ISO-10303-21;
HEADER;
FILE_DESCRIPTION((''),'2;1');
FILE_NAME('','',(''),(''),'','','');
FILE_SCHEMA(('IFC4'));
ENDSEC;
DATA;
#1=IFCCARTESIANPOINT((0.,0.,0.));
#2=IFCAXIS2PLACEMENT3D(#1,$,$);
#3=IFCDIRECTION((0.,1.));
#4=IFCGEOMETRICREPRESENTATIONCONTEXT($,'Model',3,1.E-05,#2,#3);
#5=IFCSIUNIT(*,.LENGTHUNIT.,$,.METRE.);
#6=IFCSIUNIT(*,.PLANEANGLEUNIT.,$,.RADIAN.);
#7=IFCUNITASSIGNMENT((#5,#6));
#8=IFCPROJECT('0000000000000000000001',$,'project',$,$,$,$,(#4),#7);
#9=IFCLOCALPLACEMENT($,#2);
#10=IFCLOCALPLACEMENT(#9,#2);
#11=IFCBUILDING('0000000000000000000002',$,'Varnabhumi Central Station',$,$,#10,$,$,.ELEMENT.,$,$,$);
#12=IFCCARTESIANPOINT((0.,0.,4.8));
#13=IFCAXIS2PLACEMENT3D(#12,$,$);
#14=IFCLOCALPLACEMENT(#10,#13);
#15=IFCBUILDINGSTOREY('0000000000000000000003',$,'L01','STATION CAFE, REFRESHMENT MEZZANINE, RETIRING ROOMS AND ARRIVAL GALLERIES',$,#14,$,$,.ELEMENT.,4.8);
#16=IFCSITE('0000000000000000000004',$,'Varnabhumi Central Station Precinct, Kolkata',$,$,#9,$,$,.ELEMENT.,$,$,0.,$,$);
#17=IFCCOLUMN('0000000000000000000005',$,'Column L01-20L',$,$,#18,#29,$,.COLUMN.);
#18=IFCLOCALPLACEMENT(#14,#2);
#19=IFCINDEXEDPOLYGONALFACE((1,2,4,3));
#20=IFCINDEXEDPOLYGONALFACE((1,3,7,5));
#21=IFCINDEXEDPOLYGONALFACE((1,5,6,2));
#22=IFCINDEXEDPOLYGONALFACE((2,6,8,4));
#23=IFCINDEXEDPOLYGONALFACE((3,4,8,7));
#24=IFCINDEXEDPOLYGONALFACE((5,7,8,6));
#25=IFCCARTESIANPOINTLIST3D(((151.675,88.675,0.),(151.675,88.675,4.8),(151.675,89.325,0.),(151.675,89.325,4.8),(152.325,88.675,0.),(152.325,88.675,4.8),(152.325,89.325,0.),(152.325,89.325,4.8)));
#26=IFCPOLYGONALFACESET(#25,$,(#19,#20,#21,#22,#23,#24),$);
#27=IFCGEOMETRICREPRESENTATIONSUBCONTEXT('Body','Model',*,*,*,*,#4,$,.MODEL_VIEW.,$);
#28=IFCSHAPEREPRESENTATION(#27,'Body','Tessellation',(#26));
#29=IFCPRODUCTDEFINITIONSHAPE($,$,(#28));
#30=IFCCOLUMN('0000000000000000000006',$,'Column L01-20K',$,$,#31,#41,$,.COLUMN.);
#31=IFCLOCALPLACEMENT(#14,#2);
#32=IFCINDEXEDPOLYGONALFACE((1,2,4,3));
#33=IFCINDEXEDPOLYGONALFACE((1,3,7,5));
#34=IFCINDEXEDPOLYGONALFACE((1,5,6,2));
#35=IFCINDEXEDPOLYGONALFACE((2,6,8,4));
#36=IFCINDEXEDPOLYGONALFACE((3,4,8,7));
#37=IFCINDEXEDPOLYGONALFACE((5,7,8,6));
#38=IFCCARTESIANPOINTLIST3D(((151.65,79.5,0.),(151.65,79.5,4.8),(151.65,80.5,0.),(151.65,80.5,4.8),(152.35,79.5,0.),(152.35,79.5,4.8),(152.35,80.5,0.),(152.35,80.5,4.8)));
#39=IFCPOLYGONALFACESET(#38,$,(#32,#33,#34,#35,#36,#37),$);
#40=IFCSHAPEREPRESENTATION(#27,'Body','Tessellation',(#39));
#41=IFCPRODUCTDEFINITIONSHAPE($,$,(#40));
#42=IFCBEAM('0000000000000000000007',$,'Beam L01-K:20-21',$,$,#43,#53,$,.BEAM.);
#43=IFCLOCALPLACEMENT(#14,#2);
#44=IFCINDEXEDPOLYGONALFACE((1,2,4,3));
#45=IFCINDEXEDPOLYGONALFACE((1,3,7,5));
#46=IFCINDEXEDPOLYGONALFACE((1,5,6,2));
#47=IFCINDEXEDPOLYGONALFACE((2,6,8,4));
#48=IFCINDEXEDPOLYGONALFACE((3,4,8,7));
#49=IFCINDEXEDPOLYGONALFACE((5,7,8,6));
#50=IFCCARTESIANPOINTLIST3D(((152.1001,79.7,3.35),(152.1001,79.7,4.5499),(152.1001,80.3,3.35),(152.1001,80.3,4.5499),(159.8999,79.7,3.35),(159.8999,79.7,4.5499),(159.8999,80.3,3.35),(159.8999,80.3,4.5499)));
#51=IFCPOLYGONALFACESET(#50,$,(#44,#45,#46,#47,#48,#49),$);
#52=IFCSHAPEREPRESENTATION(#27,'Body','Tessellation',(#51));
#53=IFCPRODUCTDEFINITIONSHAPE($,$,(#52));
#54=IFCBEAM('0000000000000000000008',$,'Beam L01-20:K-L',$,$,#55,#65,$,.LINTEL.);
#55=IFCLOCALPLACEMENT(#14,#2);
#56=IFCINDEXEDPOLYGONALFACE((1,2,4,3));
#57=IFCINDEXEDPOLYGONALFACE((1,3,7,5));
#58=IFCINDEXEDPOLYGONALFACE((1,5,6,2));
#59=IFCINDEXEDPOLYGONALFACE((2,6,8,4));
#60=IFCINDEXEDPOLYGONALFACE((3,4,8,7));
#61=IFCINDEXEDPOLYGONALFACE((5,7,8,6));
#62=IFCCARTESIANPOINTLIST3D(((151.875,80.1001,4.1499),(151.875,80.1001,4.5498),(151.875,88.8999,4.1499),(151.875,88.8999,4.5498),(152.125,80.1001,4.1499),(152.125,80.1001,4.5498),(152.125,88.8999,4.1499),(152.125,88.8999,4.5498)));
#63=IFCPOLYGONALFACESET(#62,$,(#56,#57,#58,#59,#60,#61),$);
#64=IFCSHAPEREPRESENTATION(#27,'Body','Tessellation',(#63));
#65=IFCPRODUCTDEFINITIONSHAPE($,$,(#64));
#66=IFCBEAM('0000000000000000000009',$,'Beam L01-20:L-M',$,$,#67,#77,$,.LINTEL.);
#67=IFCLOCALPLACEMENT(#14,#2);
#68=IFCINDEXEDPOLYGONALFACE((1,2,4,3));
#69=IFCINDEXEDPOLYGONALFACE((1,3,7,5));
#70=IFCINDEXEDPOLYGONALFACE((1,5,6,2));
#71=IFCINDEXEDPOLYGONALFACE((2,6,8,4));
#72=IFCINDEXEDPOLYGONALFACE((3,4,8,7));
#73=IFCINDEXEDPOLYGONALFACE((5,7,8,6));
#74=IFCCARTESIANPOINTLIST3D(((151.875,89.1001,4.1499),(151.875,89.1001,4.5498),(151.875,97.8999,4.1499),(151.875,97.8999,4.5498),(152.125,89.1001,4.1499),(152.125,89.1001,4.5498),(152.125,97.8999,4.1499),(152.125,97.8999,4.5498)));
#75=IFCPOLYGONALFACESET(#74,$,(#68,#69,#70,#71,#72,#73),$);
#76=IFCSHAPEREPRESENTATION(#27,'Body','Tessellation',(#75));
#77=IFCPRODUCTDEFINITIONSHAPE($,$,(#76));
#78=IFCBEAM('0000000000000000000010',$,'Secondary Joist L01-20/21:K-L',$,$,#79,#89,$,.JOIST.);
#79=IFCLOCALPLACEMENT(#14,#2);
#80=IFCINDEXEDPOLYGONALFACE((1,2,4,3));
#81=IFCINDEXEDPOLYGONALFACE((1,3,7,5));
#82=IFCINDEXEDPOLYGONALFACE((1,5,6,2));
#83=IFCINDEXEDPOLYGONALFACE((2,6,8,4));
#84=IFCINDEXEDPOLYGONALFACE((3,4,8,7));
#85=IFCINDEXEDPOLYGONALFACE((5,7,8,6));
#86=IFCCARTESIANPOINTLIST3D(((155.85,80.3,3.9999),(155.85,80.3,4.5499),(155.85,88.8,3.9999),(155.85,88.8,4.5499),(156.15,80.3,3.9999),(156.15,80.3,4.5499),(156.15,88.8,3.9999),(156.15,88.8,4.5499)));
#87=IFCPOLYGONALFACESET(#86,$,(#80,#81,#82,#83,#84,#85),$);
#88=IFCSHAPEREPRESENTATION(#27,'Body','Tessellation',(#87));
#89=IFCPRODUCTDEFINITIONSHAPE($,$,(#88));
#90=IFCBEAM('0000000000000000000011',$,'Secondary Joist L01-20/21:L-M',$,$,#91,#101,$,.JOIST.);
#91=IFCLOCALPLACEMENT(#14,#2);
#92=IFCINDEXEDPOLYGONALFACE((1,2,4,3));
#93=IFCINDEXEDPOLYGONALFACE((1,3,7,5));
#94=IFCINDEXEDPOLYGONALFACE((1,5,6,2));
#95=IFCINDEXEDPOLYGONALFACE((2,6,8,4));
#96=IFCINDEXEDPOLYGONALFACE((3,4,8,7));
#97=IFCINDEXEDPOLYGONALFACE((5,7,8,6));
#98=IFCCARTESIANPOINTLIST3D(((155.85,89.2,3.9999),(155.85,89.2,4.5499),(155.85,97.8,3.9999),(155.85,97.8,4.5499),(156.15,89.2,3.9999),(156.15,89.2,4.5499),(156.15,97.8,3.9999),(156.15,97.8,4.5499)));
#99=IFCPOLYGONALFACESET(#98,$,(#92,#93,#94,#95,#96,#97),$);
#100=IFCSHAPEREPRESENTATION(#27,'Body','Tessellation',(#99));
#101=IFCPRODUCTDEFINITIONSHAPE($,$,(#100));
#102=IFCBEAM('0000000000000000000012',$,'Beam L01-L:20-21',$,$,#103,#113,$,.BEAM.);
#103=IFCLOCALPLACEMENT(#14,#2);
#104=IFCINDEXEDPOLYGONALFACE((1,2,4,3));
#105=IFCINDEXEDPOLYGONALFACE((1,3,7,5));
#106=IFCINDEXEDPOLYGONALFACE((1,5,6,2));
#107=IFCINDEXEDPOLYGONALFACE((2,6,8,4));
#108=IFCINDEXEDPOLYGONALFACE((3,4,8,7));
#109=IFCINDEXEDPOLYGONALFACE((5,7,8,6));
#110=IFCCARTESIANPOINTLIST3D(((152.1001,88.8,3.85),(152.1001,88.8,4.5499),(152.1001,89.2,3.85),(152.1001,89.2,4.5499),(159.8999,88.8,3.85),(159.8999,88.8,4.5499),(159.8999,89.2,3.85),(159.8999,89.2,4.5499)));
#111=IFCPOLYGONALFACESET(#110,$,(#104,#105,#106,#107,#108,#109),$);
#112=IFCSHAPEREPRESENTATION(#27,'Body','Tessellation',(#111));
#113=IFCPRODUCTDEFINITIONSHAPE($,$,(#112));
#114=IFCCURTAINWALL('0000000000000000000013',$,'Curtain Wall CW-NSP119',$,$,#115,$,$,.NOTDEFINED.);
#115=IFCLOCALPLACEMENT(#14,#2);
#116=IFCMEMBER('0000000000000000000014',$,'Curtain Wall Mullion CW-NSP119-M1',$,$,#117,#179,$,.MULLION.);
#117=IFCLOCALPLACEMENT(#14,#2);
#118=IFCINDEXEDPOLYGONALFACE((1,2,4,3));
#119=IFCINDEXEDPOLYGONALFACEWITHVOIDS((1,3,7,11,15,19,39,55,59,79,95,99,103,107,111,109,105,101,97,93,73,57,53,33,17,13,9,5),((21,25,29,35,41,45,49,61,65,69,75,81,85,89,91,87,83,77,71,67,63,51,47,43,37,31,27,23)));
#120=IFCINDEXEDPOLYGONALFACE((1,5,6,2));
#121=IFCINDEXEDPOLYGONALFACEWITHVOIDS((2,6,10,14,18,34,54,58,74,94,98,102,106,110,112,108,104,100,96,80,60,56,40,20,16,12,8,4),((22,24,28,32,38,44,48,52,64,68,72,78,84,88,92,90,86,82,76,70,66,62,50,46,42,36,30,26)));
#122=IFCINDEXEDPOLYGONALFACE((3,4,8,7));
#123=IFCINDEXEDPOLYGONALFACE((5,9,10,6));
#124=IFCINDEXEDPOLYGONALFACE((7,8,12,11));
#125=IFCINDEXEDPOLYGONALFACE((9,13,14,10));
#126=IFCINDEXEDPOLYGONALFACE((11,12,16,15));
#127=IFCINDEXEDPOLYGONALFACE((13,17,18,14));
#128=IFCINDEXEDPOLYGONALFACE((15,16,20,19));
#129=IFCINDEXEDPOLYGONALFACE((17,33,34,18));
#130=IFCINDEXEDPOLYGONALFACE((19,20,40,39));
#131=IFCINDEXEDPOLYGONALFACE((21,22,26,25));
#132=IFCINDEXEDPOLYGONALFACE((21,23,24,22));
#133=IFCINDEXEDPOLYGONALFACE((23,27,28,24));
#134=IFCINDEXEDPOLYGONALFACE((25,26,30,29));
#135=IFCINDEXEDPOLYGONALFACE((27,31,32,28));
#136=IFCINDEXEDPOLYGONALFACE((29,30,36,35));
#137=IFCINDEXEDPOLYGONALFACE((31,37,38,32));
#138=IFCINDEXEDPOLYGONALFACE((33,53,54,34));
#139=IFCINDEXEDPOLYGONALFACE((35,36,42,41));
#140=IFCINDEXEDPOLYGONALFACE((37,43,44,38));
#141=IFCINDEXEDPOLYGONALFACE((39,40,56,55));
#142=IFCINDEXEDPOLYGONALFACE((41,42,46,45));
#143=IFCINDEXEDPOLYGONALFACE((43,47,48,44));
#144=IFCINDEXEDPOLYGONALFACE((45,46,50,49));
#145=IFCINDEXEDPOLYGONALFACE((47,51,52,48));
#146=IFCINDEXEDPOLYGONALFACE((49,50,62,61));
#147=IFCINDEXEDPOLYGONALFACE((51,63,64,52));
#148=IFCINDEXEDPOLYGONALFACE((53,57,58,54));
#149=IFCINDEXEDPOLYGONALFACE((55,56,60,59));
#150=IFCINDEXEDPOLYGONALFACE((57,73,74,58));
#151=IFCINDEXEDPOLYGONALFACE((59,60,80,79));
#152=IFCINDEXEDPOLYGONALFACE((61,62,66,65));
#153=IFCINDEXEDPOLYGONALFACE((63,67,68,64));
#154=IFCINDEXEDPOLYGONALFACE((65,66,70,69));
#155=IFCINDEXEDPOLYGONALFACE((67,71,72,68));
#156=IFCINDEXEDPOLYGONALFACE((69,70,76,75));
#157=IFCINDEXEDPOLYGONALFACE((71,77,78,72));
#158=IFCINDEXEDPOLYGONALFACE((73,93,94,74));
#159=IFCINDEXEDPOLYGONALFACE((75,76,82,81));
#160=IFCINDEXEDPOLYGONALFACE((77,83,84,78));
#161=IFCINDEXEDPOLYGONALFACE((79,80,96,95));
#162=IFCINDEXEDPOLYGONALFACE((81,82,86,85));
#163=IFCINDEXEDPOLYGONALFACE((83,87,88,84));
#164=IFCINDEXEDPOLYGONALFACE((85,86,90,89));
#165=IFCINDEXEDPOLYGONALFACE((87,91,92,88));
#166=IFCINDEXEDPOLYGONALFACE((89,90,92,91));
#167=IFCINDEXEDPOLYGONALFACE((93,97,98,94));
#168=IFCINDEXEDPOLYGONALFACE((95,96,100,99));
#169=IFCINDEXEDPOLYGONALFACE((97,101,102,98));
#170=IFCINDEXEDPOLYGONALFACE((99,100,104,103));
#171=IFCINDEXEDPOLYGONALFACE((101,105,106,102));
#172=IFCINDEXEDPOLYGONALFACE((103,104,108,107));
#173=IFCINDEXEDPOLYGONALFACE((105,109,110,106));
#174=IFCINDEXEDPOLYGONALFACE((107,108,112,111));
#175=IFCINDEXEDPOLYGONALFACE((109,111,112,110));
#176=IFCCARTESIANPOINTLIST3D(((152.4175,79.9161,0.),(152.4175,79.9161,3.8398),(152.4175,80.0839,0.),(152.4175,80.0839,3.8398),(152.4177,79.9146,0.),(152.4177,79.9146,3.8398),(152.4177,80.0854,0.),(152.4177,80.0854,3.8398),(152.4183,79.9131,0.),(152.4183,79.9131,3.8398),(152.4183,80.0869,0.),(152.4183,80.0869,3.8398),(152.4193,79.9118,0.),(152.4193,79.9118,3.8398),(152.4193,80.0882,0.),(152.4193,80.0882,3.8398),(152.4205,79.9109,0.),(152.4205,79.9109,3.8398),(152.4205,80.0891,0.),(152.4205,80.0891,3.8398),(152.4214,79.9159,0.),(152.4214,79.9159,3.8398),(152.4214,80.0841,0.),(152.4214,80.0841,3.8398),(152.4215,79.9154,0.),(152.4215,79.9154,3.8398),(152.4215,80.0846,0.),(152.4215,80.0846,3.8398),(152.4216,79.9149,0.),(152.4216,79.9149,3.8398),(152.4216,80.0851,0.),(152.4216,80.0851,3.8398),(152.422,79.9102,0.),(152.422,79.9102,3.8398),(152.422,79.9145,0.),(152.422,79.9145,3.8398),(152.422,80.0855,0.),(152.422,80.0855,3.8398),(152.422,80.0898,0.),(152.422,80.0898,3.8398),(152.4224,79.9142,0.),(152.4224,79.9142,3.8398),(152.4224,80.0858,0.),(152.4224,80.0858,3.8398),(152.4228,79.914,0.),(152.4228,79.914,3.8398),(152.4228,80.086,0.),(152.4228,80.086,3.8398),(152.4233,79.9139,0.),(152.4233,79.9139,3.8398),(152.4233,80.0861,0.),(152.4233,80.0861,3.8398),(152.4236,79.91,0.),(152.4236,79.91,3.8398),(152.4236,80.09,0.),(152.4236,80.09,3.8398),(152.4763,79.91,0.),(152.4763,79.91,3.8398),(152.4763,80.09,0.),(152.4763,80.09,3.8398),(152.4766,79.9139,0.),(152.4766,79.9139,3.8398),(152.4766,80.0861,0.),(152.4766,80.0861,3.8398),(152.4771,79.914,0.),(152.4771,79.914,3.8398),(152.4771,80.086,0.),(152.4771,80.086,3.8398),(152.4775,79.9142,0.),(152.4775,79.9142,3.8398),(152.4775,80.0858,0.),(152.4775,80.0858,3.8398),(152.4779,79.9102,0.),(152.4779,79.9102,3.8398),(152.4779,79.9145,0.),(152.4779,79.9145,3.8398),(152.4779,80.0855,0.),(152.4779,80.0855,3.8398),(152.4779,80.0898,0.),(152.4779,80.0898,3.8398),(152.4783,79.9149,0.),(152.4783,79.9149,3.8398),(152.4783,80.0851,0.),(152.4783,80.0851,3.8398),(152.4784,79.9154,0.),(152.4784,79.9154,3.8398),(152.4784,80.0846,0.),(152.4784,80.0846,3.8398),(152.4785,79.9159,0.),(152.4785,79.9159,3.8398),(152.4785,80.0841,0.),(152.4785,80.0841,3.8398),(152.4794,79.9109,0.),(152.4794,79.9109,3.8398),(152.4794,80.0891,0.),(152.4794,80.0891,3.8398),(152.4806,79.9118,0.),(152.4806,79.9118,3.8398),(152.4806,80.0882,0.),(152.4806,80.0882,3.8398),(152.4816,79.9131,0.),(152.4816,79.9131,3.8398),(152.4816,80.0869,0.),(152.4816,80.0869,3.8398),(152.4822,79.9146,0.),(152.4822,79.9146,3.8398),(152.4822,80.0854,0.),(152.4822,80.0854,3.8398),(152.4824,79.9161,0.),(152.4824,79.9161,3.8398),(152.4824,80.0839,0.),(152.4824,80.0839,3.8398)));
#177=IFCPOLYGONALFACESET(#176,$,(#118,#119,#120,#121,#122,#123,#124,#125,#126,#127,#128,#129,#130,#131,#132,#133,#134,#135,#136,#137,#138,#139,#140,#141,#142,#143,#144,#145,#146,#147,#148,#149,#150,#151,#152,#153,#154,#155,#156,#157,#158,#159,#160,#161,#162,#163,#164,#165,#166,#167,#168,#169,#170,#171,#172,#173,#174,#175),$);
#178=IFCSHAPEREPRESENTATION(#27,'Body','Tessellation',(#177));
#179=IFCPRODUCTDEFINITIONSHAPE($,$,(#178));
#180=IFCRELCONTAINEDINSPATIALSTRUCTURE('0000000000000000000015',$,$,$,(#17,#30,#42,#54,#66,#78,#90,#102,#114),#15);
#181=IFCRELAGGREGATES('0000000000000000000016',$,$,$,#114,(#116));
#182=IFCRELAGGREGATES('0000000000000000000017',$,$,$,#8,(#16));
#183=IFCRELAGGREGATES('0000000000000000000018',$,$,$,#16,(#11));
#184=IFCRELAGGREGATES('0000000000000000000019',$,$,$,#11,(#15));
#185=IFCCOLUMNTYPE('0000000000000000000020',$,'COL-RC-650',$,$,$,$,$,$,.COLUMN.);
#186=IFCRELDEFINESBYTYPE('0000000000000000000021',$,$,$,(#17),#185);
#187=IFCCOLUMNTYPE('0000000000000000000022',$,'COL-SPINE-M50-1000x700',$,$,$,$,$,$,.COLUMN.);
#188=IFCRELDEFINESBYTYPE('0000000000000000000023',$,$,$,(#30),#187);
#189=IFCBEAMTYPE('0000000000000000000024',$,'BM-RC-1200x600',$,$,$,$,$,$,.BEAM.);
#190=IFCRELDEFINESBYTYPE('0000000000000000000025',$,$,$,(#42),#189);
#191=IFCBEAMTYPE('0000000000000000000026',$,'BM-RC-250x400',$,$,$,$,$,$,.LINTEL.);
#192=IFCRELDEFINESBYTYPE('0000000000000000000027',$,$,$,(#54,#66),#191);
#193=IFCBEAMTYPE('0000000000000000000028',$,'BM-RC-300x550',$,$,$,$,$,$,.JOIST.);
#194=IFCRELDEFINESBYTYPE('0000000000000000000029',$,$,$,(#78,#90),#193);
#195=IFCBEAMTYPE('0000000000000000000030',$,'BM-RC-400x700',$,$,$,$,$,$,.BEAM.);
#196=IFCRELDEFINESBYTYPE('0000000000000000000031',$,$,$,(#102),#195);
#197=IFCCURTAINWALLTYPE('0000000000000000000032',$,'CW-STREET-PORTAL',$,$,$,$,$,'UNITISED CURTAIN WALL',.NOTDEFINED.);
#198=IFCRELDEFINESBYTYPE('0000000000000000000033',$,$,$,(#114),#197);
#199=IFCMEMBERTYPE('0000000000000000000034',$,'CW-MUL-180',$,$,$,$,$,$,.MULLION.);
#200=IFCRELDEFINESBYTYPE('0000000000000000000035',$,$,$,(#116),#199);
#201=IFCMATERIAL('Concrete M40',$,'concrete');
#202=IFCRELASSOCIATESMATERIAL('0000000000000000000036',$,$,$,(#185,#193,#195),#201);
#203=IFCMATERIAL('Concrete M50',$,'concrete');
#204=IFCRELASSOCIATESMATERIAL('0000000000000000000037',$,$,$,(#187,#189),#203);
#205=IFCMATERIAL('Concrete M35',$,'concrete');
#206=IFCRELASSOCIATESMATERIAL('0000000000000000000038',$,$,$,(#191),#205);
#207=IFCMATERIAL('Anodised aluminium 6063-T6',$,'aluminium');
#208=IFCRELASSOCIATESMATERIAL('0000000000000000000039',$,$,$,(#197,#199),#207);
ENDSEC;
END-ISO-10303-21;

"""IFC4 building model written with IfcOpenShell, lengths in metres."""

from ifc_helpers import new_model, si_unit, direction, frame, origin, origin_2d, place, context, subcontext, project, spatial, rectangle, hollow_rectangle, extrude, material, material_profile, profile_set, type_object, element, aggregate, save


model = new_model("IFC4")

# Units and contexts
model_context = context("Model", 3, precision=1e-05, world=origin(), true_north=direction((0.0, 1.0)))
body_context = subcontext(model_context, "Body", "Model", "MODEL_VIEW")
ifc_project = project(units=[si_unit("LENGTHUNIT", "METRE"), si_unit("PLANEANGLEUNIT", "RADIAN")], contexts=[model_context])

# Site, building, storey
site_placement = place(None, origin())
site = spatial("IfcSite", under=ifc_project, at=site_placement, Name="Varnabhumi Central Station Precinct, Kolkata", CompositionType="ELEMENT", RefElevation=0.0)
building_placement = place(site_placement, origin())
building = spatial("IfcBuilding", under=site, at=building_placement, Name="Varnabhumi Central Station", CompositionType="ELEMENT")
storey_placement = place(building_placement, frame((0.0, 0.0, 4.8)))
storey = spatial("IfcBuildingStorey", under=building, at=storey_placement, Name="L01", Description="STATION CAFE, REFRESHMENT MEZZANINE, RETIRING ROOMS AND ARRIVAL GALLERIES", CompositionType="ELEMENT", Elevation=4.8)

# Columns
ifc_material_1 = material(Name="Concrete M40", Category="concrete")
ifc_material_profile_1 = material_profile(ifc_material_1, rectangle(XDim=0.6499, YDim=0.6499, at=origin_2d()), Name="Concrete M40", Category="concrete")
ifc_profile_set_1 = profile_set([ifc_material_profile_1], Name="Concrete M40")
column_type_1 = type_object("IfcColumnType", Name="COL-RC-650", PredefinedType="COLUMN", material=ifc_profile_set_1)
column_1_placement = place(storey_placement, frame((152.0, 89.0, 0.0), z_axis=(0.0, 0.0, 1.0), x_axis=(1.0, 0.0, 0.0)))
element("IfcColumn", 1, at=column_1_placement, inside=storey, type_object=column_type_1, Name="Column L01-20L", PredefinedType="COLUMN", context=body_context, shape_type="SweptSolid", body=[
    extrude(rectangle(XDim=0.6499, YDim=0.6499, at=origin_2d()), origin(), (0.0, 0.0, 1.0), 4.8),
])
ifc_material_2 = material(Name="Concrete M50", Category="concrete")
ifc_material_profile_2 = material_profile(ifc_material_2, rectangle(XDim=0.7, YDim=1.0, at=origin_2d()), Name="Concrete M50", Category="concrete")
ifc_profile_set_2 = profile_set([ifc_material_profile_2], Name="Concrete M50")
column_type_2 = type_object("IfcColumnType", Name="COL-SPINE-M50-1000x700", PredefinedType="COLUMN", material=ifc_profile_set_2)
column_2_placement = place(storey_placement, frame((152.0, 80.0, 0.0), z_axis=(0.0, 0.0, 1.0), x_axis=(1.0, 0.0, 0.0)))
element("IfcColumn", 2, at=column_2_placement, inside=storey, type_object=column_type_2, Name="Column L01-20K", PredefinedType="COLUMN", context=body_context, shape_type="SweptSolid", body=[
    extrude(rectangle(XDim=0.7, YDim=1.0, at=origin_2d()), origin(), (0.0, 0.0, 1.0), 4.8),
])

# Beams
ifc_material_profile_3 = material_profile(ifc_material_2, rectangle(XDim=0.6001, YDim=1.2, at=origin_2d()), Name="Concrete M50", Category="concrete")
ifc_profile_set_3 = profile_set([ifc_material_profile_3], Name="Concrete M50")
beam_type_1 = type_object("IfcBeamType", Name="BM-RC-1200x600", PredefinedType="BEAM", material=ifc_profile_set_3)
beam_1_placement = place(storey_placement, frame((152.1001, 80.0, 3.95), z_axis=(1.0, 0.0, 0.0), x_axis=(0.0, 1.0, 0.0)))
element("IfcBeam", 3, at=beam_1_placement, inside=storey, type_object=beam_type_1, Name="Beam L01-K:20-21", PredefinedType="BEAM", context=body_context, shape_type="SweptSolid", body=[
    extrude(rectangle(XDim=0.6001, YDim=1.2, at=origin_2d()), origin(), (0.0, 0.0, 1.0), 7.7998),
])
ifc_material_3 = material(Name="Concrete M35", Category="concrete")
ifc_material_profile_4 = material_profile(ifc_material_3, rectangle(XDim=0.25, YDim=0.3999, at=origin_2d()), Name="Concrete M35", Category="concrete")
ifc_profile_set_4 = profile_set([ifc_material_profile_4], Name="Concrete M35")
beam_type_2 = type_object("IfcBeamType", Name="BM-RC-250x400", PredefinedType="LINTEL", material=ifc_profile_set_4)
for number, where, z_axis, x_axis, name in (
    (4, (152.0, 80.1001, 4.3499), (0.0, 1.0, 0.0), (-1.0, 0.0, 0.0), "Beam L01-20:K-L"),
    (5, (152.0, 89.1001, 4.3499), (0.0, 1.0, 0.0), (-1.0, 0.0, 0.0), "Beam L01-20:L-M"),
):
    element("IfcBeam", number, at=place(storey_placement, frame(where, z_axis=z_axis, x_axis=x_axis)), inside=storey, type_object=beam_type_2, Name=name, PredefinedType="LINTEL", context=body_context, shape_type="SweptSolid", body=[
        extrude(rectangle(XDim=0.25, YDim=0.3999, at=origin_2d()), origin(), (0.0, 0.0, 1.0), 8.7998),
    ])
ifc_material_profile_5 = material_profile(ifc_material_1, rectangle(XDim=0.3, YDim=0.55, at=origin_2d()), Name="Concrete M40", Category="concrete")
ifc_profile_set_5 = profile_set([ifc_material_profile_5], Name="Concrete M40")
beam_type_3 = type_object("IfcBeamType", Name="BM-RC-300x550", PredefinedType="JOIST", material=ifc_profile_set_5)
beam_2_placement = place(storey_placement, frame((156.0, 80.3, 4.2749), z_axis=(0.0, 1.0, 0.0), x_axis=(-1.0, 0.0, 0.0)))
element("IfcBeam", 6, at=beam_2_placement, inside=storey, type_object=beam_type_3, Name="Secondary Joist L01-20/21:K-L", PredefinedType="JOIST", context=body_context, shape_type="SweptSolid", body=[
    extrude(rectangle(XDim=0.3, YDim=0.55, at=origin_2d()), origin(), (0.0, 0.0, 1.0), 8.5),
])
beam_3_placement = place(storey_placement, frame((156.0, 89.2, 4.2749), z_axis=(0.0, 1.0, 0.0), x_axis=(-1.0, 0.0, 0.0)))
element("IfcBeam", 7, at=beam_3_placement, inside=storey, type_object=beam_type_3, Name="Secondary Joist L01-20/21:L-M", PredefinedType="JOIST", context=body_context, shape_type="SweptSolid", body=[
    extrude(rectangle(XDim=0.3, YDim=0.55, at=origin_2d()), origin(), (0.0, 0.0, 1.0), 8.6001),
])
ifc_material_profile_6 = material_profile(ifc_material_1, rectangle(XDim=0.3999, YDim=0.7, at=origin_2d()), Name="Concrete M40", Category="concrete")
ifc_profile_set_6 = profile_set([ifc_material_profile_6], Name="Concrete M40")
beam_type_4 = type_object("IfcBeamType", Name="BM-RC-400x700", PredefinedType="BEAM", material=ifc_profile_set_6)
beam_4_placement = place(storey_placement, frame((152.1001, 89.0, 4.2), z_axis=(1.0, 0.0, 0.0), x_axis=(0.0, 1.0, 0.0)))
element("IfcBeam", 8, at=beam_4_placement, inside=storey, type_object=beam_type_4, Name="Beam L01-L:20-21", PredefinedType="BEAM", context=body_context, shape_type="SweptSolid", body=[
    extrude(rectangle(XDim=0.3999, YDim=0.7, at=origin_2d()), origin(), (0.0, 0.0, 1.0), 7.7998),
])

# Curtain wall, member
ifc_material_4 = material(Name="Anodised aluminium 6063-T6", Category="aluminium")
curtain_wall_type = type_object("IfcCurtainWallType", Name="CW-STREET-PORTAL", ElementType="UNITISED CURTAIN WALL", PredefinedType="NOTDEFINED", material=ifc_material_4)
curtain_wall_placement = place(storey_placement, origin())
curtain_wall = element("IfcCurtainWall", 9, at=curtain_wall_placement, inside=storey, type_object=curtain_wall_type, Name="Curtain Wall CW-NSP119", PredefinedType="NOTDEFINED")
ifc_material_profile_7 = material_profile(ifc_material_4, hollow_rectangle(XDim=0.0649, YDim=0.1799, WallThickness=0.0039, InnerFilletRadius=0.002, OuterFilletRadius=0.0061, at=origin_2d()), Name="Anodised aluminium 6063-T6", Category="aluminium")
ifc_profile_set_7 = profile_set([ifc_material_profile_7], Name="Anodised aluminium 6063-T6")
member_type_1 = type_object("IfcMemberType", Name="CW-MUL-180", PredefinedType="MULLION", material=ifc_profile_set_7)
member_1_placement = place(storey_placement, frame((152.45, 80.0, 0.0), z_axis=(0.0, 0.0, 1.0), x_axis=(1.0, 0.0, 0.0)))
member_1 = element("IfcMember", 10, at=member_1_placement, type_object=member_type_1, Name="Curtain Wall Mullion CW-NSP119-M1", PredefinedType="MULLION", context=body_context, shape_type="SweptSolid", body=[
    extrude(hollow_rectangle(XDim=0.0649, YDim=0.1799, WallThickness=0.0039, InnerFilletRadius=0.002, OuterFilletRadius=0.0061, at=origin_2d()), origin(), (0.0, 0.0, 1.0), 3.8398),
])
aggregate(curtain_wall, [member_1])

save(model, "model.ifc")
